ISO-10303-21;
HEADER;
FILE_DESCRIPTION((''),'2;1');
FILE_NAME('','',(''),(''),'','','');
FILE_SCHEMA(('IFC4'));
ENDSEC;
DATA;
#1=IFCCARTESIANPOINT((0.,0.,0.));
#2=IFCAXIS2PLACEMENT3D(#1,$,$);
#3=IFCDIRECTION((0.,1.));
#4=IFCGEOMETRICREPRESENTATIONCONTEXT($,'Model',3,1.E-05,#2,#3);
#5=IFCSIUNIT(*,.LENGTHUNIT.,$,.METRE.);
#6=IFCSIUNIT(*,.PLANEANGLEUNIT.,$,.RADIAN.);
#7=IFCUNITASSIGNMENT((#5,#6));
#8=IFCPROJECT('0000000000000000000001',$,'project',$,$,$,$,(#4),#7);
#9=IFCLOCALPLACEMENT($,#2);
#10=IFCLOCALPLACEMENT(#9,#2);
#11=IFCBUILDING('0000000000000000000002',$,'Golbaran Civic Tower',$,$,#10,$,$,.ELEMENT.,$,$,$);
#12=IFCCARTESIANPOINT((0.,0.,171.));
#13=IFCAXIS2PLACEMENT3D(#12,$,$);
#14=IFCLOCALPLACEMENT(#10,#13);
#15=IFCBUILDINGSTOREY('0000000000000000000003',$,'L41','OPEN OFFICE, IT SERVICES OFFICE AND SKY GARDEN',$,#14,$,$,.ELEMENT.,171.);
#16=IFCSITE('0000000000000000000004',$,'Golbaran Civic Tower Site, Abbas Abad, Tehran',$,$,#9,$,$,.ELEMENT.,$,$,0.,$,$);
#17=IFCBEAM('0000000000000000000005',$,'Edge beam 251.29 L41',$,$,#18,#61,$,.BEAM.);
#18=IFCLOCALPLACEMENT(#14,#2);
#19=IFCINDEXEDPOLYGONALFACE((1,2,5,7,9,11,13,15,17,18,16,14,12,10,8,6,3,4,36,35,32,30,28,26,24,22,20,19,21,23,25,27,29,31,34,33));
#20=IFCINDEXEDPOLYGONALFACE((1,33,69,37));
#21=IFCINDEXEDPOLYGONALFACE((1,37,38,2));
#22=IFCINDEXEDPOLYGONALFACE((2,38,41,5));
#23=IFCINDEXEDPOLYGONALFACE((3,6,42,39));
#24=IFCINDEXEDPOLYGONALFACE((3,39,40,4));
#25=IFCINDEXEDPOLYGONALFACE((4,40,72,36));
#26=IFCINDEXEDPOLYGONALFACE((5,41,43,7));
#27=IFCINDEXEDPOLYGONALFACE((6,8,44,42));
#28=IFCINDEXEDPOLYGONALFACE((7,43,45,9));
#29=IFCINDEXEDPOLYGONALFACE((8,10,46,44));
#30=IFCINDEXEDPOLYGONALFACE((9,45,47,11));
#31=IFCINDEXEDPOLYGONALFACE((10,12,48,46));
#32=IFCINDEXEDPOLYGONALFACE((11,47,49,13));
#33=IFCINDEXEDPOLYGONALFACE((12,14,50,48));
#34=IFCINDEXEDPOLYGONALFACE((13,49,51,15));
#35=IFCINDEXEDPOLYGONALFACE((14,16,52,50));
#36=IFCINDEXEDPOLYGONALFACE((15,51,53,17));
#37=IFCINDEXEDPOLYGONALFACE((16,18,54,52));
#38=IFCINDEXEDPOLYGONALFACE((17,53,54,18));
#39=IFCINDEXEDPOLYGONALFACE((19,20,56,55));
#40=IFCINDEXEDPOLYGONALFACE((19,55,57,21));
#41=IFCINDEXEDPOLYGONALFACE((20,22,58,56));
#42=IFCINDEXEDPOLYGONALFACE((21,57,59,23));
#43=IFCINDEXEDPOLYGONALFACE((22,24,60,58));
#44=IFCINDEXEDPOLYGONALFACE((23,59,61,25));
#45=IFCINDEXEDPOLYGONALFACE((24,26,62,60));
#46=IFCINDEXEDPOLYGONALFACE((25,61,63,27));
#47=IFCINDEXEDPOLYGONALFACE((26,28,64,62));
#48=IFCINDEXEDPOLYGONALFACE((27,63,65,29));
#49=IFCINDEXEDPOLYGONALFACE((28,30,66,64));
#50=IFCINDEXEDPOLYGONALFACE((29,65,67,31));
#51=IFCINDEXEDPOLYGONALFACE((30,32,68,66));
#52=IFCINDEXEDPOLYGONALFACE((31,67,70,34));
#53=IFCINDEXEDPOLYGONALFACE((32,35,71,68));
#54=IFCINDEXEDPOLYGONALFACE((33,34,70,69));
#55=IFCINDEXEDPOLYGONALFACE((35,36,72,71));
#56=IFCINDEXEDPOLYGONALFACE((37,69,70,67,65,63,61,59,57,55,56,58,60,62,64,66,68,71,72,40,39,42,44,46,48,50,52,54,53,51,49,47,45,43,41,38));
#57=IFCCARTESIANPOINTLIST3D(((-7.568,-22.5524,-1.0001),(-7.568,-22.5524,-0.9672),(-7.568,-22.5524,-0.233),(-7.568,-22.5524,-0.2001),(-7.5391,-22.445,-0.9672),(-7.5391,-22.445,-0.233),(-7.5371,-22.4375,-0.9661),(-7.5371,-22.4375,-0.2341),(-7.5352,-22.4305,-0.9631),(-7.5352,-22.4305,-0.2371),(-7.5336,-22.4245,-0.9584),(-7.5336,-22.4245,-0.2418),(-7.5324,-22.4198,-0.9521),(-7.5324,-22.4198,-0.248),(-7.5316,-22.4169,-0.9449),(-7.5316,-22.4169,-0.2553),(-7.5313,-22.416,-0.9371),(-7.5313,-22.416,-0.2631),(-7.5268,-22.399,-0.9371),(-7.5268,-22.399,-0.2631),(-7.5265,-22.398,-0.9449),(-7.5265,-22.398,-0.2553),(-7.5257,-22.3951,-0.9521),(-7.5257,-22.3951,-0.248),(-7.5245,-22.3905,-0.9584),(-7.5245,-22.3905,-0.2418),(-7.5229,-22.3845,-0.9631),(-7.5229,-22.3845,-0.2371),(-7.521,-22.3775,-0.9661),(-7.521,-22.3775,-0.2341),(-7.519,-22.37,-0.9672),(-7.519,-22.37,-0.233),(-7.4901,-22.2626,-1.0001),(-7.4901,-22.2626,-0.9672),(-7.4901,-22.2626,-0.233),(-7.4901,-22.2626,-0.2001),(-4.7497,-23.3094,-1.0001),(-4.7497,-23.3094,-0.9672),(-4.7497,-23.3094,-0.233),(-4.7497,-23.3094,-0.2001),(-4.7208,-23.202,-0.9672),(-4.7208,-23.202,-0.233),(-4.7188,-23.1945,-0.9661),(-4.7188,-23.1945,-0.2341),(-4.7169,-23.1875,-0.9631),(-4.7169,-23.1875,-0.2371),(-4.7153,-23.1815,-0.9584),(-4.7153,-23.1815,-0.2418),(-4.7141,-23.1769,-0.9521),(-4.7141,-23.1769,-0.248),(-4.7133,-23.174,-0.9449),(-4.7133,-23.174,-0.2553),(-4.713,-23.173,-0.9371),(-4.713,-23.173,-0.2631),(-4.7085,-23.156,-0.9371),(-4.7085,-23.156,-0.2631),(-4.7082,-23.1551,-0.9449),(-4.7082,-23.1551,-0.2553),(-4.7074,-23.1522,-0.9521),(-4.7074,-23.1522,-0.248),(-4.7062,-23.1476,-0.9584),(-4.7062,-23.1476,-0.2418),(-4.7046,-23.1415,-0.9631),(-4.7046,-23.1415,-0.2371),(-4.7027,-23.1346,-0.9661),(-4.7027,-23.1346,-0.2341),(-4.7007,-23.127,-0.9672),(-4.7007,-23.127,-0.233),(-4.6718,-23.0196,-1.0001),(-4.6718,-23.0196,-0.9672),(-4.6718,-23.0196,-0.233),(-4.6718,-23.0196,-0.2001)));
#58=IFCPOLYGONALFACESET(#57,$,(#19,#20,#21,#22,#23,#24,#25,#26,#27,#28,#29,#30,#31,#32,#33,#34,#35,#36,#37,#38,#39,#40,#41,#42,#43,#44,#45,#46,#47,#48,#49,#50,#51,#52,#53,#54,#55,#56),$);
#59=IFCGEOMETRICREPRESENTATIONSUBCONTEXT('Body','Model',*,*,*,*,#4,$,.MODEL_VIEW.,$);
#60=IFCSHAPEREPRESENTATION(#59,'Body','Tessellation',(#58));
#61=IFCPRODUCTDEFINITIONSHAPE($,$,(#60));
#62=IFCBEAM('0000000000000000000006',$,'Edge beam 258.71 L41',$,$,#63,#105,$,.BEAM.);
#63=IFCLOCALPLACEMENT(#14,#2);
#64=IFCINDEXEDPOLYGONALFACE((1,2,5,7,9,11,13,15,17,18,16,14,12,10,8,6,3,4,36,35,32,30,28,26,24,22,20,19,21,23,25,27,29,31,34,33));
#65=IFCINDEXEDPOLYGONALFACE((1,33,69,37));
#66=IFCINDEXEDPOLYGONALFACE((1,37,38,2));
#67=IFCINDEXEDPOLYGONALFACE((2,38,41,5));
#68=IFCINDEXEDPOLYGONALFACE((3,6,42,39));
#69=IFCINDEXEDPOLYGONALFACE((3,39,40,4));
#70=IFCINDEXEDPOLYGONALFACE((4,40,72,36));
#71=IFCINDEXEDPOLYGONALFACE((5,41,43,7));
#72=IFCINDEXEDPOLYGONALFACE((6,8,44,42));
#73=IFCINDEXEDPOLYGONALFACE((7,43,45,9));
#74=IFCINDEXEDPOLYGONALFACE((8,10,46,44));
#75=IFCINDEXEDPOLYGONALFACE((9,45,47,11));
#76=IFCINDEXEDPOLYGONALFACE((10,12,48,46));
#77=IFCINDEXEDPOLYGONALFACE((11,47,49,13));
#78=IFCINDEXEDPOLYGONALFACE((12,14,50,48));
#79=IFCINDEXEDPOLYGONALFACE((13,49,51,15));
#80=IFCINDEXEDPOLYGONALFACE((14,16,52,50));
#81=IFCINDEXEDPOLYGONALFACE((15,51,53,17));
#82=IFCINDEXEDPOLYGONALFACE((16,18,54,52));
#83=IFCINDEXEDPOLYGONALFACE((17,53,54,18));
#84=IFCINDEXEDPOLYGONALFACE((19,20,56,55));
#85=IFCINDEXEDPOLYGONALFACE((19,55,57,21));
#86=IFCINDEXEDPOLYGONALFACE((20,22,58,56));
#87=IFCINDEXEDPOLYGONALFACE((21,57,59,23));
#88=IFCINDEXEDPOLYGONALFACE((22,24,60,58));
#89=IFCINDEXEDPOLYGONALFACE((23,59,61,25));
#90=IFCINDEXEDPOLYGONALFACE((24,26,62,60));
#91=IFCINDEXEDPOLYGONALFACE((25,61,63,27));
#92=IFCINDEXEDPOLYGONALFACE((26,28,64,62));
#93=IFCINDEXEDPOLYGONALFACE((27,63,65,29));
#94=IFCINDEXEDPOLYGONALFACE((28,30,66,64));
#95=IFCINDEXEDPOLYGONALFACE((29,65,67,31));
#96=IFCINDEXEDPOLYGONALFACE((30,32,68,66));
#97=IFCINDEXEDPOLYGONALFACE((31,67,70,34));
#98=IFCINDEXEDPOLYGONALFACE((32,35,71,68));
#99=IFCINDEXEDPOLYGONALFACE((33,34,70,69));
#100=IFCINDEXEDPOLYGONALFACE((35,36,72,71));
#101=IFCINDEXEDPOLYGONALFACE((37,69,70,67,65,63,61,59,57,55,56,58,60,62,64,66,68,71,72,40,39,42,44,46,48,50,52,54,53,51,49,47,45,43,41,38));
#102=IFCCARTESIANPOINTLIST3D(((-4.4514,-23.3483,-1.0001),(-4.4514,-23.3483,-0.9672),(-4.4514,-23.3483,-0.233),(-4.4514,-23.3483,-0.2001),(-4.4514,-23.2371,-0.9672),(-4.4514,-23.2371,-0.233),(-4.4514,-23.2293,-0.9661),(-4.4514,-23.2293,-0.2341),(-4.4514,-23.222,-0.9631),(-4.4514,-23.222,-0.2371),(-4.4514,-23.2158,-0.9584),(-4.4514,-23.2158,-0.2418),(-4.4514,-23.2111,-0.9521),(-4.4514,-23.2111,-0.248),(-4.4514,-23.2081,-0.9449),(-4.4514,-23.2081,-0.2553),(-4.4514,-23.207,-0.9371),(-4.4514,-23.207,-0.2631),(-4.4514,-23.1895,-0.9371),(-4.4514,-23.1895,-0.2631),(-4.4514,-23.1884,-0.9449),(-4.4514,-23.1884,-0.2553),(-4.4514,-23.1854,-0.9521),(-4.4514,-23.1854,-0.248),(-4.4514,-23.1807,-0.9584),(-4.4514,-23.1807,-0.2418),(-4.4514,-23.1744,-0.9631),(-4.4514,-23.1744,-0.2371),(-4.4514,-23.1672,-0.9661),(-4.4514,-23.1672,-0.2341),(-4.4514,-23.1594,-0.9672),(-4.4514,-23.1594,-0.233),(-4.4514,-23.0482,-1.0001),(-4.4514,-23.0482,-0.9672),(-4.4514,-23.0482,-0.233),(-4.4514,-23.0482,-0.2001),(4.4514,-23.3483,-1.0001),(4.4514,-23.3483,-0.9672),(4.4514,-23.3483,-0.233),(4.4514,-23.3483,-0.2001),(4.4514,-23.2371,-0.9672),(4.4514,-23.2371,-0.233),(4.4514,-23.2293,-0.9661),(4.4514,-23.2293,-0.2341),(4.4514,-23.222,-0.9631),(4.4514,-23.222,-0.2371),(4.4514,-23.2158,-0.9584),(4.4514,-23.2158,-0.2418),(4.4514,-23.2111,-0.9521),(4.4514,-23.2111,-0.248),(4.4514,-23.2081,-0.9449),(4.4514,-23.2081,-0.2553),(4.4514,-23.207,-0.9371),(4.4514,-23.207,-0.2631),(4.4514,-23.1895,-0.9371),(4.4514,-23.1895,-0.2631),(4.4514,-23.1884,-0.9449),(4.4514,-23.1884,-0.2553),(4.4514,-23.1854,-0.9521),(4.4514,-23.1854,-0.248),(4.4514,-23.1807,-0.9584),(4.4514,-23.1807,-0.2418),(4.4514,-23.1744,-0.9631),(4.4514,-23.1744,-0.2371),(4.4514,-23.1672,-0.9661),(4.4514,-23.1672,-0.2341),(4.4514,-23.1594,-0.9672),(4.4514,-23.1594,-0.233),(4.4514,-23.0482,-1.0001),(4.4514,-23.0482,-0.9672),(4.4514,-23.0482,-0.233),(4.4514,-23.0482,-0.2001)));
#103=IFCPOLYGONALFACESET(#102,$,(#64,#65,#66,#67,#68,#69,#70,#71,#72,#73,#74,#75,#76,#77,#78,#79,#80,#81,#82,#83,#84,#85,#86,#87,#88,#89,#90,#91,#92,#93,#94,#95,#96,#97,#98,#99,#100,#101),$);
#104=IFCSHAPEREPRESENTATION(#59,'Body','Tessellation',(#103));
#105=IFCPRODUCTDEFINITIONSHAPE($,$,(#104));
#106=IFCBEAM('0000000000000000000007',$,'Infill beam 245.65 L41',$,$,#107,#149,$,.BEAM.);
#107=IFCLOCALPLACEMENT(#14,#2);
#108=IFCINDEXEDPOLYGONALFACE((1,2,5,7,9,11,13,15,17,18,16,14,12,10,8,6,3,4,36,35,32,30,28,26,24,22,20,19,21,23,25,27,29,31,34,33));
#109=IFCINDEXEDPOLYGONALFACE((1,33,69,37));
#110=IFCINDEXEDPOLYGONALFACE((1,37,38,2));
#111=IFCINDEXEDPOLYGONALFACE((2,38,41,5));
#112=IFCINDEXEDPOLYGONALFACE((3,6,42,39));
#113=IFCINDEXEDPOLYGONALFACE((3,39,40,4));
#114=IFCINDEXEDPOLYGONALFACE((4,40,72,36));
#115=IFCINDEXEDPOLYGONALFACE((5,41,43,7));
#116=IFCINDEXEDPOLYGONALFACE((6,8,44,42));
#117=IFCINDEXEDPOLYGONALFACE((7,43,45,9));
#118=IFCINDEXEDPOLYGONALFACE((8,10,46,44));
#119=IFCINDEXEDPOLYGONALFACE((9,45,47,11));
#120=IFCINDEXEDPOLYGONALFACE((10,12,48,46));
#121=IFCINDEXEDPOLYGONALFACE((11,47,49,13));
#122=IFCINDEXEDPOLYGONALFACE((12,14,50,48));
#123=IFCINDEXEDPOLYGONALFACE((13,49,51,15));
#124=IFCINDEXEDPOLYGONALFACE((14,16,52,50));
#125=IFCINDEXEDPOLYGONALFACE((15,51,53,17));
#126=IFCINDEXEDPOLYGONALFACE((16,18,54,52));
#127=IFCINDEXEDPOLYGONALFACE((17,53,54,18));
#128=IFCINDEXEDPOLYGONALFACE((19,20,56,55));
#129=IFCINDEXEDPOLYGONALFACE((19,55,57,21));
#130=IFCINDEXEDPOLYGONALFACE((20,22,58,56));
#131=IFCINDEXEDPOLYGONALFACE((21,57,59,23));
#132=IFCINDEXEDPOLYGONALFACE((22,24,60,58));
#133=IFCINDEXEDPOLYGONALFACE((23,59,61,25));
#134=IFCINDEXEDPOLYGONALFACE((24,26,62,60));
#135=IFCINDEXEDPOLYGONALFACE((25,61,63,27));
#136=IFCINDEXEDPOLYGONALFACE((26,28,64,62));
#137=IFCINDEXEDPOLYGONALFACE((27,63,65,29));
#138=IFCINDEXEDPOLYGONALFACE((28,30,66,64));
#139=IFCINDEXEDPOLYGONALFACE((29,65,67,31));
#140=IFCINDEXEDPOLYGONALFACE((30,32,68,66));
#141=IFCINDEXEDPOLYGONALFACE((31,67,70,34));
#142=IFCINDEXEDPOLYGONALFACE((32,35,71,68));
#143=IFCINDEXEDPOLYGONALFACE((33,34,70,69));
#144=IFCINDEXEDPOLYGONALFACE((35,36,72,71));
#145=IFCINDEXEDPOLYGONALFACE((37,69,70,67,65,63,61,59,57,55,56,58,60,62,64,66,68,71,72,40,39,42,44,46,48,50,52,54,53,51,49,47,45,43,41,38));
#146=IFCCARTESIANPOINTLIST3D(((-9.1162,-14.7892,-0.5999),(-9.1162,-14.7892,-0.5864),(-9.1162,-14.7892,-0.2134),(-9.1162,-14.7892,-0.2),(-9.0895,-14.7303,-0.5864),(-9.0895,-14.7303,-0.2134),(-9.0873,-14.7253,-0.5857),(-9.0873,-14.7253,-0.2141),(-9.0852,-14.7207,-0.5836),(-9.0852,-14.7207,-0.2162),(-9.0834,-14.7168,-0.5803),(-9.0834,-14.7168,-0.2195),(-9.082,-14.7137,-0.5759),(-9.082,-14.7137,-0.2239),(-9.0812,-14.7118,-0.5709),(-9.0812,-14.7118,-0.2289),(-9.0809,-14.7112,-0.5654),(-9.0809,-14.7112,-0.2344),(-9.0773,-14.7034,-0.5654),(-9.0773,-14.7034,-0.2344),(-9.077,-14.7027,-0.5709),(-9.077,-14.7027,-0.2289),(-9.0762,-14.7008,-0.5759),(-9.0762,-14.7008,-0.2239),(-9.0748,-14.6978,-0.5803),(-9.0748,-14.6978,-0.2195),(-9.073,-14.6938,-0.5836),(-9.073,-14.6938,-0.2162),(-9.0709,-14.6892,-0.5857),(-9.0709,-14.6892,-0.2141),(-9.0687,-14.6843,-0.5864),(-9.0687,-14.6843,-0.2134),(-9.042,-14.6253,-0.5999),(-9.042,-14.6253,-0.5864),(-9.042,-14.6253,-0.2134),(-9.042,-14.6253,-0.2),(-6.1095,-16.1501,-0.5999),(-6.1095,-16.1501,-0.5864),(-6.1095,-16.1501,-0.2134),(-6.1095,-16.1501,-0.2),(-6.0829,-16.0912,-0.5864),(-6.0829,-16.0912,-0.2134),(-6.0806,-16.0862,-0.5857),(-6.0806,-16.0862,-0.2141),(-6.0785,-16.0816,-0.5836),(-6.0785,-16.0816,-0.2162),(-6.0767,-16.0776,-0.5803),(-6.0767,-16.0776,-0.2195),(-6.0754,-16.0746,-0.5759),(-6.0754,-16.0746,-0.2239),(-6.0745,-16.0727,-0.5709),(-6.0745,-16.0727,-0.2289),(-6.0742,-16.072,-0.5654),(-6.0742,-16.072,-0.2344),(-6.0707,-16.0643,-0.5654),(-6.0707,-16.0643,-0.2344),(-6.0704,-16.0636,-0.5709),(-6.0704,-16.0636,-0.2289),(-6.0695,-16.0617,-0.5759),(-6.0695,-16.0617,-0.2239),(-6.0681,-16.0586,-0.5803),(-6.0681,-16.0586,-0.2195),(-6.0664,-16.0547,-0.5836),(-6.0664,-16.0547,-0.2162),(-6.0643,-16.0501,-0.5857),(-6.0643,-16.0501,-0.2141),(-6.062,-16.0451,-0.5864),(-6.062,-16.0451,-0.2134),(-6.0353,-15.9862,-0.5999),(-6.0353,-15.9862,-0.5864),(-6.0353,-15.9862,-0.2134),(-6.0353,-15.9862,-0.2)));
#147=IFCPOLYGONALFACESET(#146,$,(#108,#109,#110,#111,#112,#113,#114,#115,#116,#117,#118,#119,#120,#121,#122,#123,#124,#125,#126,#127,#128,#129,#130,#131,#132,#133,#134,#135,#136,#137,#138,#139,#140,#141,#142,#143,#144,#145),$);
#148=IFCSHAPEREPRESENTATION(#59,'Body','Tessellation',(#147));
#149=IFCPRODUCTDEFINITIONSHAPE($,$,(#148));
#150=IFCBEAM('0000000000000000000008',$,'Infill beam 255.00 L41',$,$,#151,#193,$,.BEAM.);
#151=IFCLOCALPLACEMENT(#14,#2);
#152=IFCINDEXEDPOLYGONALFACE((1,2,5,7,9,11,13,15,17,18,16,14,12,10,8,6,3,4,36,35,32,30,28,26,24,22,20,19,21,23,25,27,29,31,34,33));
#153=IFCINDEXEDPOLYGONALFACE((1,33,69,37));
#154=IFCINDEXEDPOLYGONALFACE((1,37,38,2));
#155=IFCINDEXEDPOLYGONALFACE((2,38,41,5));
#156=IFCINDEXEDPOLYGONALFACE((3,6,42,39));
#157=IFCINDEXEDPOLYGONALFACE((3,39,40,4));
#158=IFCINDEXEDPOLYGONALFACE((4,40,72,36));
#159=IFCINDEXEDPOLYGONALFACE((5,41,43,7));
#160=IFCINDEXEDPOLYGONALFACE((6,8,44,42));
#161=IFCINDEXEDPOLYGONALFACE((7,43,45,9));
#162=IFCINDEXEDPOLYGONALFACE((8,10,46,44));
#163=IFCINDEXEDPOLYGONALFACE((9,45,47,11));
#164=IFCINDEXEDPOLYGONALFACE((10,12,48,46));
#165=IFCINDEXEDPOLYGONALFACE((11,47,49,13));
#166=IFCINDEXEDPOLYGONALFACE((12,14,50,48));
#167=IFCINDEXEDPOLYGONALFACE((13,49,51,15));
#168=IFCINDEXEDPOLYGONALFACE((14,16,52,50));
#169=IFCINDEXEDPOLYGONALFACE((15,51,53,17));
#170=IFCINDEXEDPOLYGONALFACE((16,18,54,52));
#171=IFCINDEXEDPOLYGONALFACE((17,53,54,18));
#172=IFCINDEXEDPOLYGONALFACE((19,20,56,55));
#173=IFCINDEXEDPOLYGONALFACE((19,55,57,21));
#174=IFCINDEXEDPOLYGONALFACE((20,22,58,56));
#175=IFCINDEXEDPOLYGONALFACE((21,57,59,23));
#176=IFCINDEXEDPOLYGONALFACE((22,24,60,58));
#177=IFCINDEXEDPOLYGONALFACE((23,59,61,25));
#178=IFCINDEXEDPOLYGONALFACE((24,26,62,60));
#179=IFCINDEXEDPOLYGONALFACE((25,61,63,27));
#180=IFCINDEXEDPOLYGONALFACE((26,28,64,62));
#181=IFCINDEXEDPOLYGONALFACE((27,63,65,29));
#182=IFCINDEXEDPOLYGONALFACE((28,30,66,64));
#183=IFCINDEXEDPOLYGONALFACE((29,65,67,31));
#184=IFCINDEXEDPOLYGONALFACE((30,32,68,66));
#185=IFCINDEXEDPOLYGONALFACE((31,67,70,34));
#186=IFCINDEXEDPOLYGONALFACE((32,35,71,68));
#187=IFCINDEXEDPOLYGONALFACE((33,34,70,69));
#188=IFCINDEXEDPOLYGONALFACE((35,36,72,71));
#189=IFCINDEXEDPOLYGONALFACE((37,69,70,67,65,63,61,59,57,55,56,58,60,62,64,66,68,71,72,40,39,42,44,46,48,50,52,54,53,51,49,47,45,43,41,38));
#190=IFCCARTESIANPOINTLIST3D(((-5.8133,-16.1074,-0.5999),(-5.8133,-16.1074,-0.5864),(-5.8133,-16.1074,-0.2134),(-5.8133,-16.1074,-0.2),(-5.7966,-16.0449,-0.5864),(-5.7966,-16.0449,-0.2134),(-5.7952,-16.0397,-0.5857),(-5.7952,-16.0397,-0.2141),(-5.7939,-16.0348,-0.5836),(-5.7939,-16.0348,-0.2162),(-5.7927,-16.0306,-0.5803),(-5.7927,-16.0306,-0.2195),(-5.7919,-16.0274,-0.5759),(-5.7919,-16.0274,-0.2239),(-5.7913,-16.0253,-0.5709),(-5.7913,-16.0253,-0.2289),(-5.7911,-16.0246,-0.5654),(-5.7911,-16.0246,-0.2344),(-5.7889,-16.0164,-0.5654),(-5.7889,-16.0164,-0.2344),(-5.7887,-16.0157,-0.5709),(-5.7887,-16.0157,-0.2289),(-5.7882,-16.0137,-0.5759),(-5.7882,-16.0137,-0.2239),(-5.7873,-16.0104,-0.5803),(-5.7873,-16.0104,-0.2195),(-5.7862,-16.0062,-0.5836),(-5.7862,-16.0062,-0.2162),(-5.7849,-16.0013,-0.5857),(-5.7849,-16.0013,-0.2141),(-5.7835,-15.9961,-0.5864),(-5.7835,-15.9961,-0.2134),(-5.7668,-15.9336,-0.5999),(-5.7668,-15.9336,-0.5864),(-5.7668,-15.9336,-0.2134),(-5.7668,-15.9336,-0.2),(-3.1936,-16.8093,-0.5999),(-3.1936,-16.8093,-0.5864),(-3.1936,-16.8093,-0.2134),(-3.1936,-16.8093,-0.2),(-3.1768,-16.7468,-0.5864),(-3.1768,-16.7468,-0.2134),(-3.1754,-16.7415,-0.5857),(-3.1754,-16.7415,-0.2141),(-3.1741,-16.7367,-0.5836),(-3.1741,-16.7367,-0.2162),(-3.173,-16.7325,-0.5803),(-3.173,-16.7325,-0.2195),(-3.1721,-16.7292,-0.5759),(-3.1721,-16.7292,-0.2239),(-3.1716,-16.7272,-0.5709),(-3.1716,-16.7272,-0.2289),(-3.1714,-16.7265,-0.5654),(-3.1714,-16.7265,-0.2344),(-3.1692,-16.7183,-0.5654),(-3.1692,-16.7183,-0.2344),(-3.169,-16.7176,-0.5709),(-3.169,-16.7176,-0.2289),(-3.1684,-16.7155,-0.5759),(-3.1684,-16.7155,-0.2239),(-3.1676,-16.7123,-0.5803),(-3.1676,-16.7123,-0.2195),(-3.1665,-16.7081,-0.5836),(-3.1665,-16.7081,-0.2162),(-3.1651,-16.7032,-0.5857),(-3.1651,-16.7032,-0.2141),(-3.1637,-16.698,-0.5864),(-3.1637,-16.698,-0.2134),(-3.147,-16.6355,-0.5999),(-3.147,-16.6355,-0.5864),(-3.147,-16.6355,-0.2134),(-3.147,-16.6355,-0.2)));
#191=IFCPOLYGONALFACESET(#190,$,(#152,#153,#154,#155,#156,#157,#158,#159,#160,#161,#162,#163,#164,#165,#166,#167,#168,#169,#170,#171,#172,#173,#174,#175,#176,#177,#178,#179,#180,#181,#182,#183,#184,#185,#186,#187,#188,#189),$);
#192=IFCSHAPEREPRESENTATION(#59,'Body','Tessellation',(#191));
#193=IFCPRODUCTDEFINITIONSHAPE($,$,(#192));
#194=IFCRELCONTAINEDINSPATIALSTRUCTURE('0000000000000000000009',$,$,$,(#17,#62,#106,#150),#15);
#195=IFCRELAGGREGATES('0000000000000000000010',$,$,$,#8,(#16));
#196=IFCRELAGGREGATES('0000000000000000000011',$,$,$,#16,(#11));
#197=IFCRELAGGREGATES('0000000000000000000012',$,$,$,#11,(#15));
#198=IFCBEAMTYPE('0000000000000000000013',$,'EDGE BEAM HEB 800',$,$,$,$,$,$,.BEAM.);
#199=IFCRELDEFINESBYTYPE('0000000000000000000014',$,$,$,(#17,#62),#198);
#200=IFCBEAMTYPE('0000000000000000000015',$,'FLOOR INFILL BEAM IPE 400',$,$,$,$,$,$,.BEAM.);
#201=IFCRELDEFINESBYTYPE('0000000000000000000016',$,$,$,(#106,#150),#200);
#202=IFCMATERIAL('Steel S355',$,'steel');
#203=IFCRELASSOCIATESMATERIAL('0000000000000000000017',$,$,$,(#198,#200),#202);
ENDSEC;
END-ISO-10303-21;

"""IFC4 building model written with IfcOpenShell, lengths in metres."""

from ifc_helpers import new_model, si_unit, direction, frame, origin, origin_2d, place, context, subcontext, project, spatial, i_section, extrude, material, material_profile, profile_set, type_object, element, save


model = new_model("IFC4")

# Units and contexts
model_context = context("Model", 3, precision=1e-05, world=origin(), true_north=direction((0.0, 1.0)))
body_context = subcontext(model_context, "Body", "Model", "MODEL_VIEW")
ifc_project = project(units=[si_unit("LENGTHUNIT", "METRE"), si_unit("PLANEANGLEUNIT", "RADIAN")], contexts=[model_context])

# Site, building, storey
site_placement = place(None, origin())
site = spatial("IfcSite", under=ifc_project, at=site_placement, Name="Golbaran Civic Tower Site, Abbas Abad, Tehran", CompositionType="ELEMENT", RefElevation=0.0)
building_placement = place(site_placement, origin())
building = spatial("IfcBuilding", under=site, at=building_placement, Name="Golbaran Civic Tower", CompositionType="ELEMENT")
storey_placement = place(building_placement, frame((0.0, 0.0, 171.0)))
storey = spatial("IfcBuildingStorey", under=building, at=storey_placement, Name="L41", Description="OPEN OFFICE, IT SERVICES OFFICE AND SKY GARDEN", CompositionType="ELEMENT", Elevation=171.0)

# Beams
ifc_material_1 = material(Name="Steel S355", Category="steel")
ifc_material_profile_1 = material_profile(ifc_material_1, i_section(OverallWidth=0.3, OverallDepth=0.8, WebThickness=0.0176, FlangeThickness=0.033, FilletRadius=0.03, at=origin_2d()), Name="HEB 800")
ifc_profile_set_1 = profile_set([ifc_material_profile_1], Name="Steel S355")
beam_type_1 = type_object("IfcBeamType", Name="EDGE BEAM HEB 800", PredefinedType="BEAM", material=ifc_profile_set_1)
beam_1_placement = place(storey_placement, frame((-7.5291, -22.4075, -0.6001), z_axis=(0.965763, -0.259427, 0.0), x_axis=(0.259427, 0.965763, 0.0)))
element("IfcBeam", 1, at=beam_1_placement, inside=storey, type_object=beam_type_1, Name="Edge beam 251.29 L41", PredefinedType="BEAM", context=body_context, shape_type="SweptSolid", body=[
    extrude(i_section(OverallWidth=0.3, OverallDepth=0.8, WebThickness=0.0176, FlangeThickness=0.033, FilletRadius=0.03, at=origin_2d()), origin(), (0.0, 0.0, 1.0), 2.9182),
])
beam_2_placement = place(storey_placement, frame((-4.4514, -23.1982, -0.6001), z_axis=(1.0, 0.0, 0.0), x_axis=(0.0, 1.0, 0.0)))
element("IfcBeam", 2, at=beam_2_placement, inside=storey, type_object=beam_type_1, Name="Edge beam 258.71 L41", PredefinedType="BEAM", context=body_context, shape_type="SweptSolid", body=[
    extrude(i_section(OverallWidth=0.3, OverallDepth=0.8, WebThickness=0.0176, FlangeThickness=0.033, FilletRadius=0.03, at=origin_2d()), origin(), (0.0, 0.0, 1.0), 8.9028),
])
ifc_material_profile_2 = material_profile(ifc_material_1, i_section(OverallWidth=0.1799, OverallDepth=0.3999, WebThickness=0.0085, FlangeThickness=0.0134, FilletRadius=0.021, at=origin_2d()), Name="IPE 400")
ifc_profile_set_2 = profile_set([ifc_material_profile_2], Name="Steel S355")
beam_type_2 = type_object("IfcBeamType", Name="FLOOR INFILL BEAM IPE 400", PredefinedType="BEAM", material=ifc_profile_set_2)
beam_3_placement = place(storey_placement, frame((-9.0791, -14.7073, -0.3999), z_axis=(0.911027, -0.412348, 0.0), x_axis=(0.412348, 0.911027, 0.0)))
element("IfcBeam", 3, at=beam_3_placement, inside=storey, type_object=beam_type_2, Name="Infill beam 245.65 L41", PredefinedType="BEAM", context=body_context, shape_type="SweptSolid", body=[
    extrude(i_section(OverallWidth=0.1799, OverallDepth=0.3999, WebThickness=0.0085, FlangeThickness=0.0134, FilletRadius=0.021, at=origin_2d()), origin(), (0.0, 0.0, 1.0), 3.3003),
])
beam_4_placement = place(storey_placement, frame((-5.79, -16.0205, -0.3999), z_axis=(0.965934, -0.258789, 0.0), x_axis=(0.258789, 0.965934, 0.0)))
element("IfcBeam", 4, at=beam_4_placement, inside=storey, type_object=beam_type_2, Name="Infill beam 255.00 L41", PredefinedType="BEAM", context=body_context, shape_type="SweptSolid", body=[
    extrude(i_section(OverallWidth=0.1799, OverallDepth=0.3999, WebThickness=0.0085, FlangeThickness=0.0134, FilletRadius=0.021, at=origin_2d()), origin(), (0.0, 0.0, 1.0), 2.7122),
])

save(model, "model.ifc")
